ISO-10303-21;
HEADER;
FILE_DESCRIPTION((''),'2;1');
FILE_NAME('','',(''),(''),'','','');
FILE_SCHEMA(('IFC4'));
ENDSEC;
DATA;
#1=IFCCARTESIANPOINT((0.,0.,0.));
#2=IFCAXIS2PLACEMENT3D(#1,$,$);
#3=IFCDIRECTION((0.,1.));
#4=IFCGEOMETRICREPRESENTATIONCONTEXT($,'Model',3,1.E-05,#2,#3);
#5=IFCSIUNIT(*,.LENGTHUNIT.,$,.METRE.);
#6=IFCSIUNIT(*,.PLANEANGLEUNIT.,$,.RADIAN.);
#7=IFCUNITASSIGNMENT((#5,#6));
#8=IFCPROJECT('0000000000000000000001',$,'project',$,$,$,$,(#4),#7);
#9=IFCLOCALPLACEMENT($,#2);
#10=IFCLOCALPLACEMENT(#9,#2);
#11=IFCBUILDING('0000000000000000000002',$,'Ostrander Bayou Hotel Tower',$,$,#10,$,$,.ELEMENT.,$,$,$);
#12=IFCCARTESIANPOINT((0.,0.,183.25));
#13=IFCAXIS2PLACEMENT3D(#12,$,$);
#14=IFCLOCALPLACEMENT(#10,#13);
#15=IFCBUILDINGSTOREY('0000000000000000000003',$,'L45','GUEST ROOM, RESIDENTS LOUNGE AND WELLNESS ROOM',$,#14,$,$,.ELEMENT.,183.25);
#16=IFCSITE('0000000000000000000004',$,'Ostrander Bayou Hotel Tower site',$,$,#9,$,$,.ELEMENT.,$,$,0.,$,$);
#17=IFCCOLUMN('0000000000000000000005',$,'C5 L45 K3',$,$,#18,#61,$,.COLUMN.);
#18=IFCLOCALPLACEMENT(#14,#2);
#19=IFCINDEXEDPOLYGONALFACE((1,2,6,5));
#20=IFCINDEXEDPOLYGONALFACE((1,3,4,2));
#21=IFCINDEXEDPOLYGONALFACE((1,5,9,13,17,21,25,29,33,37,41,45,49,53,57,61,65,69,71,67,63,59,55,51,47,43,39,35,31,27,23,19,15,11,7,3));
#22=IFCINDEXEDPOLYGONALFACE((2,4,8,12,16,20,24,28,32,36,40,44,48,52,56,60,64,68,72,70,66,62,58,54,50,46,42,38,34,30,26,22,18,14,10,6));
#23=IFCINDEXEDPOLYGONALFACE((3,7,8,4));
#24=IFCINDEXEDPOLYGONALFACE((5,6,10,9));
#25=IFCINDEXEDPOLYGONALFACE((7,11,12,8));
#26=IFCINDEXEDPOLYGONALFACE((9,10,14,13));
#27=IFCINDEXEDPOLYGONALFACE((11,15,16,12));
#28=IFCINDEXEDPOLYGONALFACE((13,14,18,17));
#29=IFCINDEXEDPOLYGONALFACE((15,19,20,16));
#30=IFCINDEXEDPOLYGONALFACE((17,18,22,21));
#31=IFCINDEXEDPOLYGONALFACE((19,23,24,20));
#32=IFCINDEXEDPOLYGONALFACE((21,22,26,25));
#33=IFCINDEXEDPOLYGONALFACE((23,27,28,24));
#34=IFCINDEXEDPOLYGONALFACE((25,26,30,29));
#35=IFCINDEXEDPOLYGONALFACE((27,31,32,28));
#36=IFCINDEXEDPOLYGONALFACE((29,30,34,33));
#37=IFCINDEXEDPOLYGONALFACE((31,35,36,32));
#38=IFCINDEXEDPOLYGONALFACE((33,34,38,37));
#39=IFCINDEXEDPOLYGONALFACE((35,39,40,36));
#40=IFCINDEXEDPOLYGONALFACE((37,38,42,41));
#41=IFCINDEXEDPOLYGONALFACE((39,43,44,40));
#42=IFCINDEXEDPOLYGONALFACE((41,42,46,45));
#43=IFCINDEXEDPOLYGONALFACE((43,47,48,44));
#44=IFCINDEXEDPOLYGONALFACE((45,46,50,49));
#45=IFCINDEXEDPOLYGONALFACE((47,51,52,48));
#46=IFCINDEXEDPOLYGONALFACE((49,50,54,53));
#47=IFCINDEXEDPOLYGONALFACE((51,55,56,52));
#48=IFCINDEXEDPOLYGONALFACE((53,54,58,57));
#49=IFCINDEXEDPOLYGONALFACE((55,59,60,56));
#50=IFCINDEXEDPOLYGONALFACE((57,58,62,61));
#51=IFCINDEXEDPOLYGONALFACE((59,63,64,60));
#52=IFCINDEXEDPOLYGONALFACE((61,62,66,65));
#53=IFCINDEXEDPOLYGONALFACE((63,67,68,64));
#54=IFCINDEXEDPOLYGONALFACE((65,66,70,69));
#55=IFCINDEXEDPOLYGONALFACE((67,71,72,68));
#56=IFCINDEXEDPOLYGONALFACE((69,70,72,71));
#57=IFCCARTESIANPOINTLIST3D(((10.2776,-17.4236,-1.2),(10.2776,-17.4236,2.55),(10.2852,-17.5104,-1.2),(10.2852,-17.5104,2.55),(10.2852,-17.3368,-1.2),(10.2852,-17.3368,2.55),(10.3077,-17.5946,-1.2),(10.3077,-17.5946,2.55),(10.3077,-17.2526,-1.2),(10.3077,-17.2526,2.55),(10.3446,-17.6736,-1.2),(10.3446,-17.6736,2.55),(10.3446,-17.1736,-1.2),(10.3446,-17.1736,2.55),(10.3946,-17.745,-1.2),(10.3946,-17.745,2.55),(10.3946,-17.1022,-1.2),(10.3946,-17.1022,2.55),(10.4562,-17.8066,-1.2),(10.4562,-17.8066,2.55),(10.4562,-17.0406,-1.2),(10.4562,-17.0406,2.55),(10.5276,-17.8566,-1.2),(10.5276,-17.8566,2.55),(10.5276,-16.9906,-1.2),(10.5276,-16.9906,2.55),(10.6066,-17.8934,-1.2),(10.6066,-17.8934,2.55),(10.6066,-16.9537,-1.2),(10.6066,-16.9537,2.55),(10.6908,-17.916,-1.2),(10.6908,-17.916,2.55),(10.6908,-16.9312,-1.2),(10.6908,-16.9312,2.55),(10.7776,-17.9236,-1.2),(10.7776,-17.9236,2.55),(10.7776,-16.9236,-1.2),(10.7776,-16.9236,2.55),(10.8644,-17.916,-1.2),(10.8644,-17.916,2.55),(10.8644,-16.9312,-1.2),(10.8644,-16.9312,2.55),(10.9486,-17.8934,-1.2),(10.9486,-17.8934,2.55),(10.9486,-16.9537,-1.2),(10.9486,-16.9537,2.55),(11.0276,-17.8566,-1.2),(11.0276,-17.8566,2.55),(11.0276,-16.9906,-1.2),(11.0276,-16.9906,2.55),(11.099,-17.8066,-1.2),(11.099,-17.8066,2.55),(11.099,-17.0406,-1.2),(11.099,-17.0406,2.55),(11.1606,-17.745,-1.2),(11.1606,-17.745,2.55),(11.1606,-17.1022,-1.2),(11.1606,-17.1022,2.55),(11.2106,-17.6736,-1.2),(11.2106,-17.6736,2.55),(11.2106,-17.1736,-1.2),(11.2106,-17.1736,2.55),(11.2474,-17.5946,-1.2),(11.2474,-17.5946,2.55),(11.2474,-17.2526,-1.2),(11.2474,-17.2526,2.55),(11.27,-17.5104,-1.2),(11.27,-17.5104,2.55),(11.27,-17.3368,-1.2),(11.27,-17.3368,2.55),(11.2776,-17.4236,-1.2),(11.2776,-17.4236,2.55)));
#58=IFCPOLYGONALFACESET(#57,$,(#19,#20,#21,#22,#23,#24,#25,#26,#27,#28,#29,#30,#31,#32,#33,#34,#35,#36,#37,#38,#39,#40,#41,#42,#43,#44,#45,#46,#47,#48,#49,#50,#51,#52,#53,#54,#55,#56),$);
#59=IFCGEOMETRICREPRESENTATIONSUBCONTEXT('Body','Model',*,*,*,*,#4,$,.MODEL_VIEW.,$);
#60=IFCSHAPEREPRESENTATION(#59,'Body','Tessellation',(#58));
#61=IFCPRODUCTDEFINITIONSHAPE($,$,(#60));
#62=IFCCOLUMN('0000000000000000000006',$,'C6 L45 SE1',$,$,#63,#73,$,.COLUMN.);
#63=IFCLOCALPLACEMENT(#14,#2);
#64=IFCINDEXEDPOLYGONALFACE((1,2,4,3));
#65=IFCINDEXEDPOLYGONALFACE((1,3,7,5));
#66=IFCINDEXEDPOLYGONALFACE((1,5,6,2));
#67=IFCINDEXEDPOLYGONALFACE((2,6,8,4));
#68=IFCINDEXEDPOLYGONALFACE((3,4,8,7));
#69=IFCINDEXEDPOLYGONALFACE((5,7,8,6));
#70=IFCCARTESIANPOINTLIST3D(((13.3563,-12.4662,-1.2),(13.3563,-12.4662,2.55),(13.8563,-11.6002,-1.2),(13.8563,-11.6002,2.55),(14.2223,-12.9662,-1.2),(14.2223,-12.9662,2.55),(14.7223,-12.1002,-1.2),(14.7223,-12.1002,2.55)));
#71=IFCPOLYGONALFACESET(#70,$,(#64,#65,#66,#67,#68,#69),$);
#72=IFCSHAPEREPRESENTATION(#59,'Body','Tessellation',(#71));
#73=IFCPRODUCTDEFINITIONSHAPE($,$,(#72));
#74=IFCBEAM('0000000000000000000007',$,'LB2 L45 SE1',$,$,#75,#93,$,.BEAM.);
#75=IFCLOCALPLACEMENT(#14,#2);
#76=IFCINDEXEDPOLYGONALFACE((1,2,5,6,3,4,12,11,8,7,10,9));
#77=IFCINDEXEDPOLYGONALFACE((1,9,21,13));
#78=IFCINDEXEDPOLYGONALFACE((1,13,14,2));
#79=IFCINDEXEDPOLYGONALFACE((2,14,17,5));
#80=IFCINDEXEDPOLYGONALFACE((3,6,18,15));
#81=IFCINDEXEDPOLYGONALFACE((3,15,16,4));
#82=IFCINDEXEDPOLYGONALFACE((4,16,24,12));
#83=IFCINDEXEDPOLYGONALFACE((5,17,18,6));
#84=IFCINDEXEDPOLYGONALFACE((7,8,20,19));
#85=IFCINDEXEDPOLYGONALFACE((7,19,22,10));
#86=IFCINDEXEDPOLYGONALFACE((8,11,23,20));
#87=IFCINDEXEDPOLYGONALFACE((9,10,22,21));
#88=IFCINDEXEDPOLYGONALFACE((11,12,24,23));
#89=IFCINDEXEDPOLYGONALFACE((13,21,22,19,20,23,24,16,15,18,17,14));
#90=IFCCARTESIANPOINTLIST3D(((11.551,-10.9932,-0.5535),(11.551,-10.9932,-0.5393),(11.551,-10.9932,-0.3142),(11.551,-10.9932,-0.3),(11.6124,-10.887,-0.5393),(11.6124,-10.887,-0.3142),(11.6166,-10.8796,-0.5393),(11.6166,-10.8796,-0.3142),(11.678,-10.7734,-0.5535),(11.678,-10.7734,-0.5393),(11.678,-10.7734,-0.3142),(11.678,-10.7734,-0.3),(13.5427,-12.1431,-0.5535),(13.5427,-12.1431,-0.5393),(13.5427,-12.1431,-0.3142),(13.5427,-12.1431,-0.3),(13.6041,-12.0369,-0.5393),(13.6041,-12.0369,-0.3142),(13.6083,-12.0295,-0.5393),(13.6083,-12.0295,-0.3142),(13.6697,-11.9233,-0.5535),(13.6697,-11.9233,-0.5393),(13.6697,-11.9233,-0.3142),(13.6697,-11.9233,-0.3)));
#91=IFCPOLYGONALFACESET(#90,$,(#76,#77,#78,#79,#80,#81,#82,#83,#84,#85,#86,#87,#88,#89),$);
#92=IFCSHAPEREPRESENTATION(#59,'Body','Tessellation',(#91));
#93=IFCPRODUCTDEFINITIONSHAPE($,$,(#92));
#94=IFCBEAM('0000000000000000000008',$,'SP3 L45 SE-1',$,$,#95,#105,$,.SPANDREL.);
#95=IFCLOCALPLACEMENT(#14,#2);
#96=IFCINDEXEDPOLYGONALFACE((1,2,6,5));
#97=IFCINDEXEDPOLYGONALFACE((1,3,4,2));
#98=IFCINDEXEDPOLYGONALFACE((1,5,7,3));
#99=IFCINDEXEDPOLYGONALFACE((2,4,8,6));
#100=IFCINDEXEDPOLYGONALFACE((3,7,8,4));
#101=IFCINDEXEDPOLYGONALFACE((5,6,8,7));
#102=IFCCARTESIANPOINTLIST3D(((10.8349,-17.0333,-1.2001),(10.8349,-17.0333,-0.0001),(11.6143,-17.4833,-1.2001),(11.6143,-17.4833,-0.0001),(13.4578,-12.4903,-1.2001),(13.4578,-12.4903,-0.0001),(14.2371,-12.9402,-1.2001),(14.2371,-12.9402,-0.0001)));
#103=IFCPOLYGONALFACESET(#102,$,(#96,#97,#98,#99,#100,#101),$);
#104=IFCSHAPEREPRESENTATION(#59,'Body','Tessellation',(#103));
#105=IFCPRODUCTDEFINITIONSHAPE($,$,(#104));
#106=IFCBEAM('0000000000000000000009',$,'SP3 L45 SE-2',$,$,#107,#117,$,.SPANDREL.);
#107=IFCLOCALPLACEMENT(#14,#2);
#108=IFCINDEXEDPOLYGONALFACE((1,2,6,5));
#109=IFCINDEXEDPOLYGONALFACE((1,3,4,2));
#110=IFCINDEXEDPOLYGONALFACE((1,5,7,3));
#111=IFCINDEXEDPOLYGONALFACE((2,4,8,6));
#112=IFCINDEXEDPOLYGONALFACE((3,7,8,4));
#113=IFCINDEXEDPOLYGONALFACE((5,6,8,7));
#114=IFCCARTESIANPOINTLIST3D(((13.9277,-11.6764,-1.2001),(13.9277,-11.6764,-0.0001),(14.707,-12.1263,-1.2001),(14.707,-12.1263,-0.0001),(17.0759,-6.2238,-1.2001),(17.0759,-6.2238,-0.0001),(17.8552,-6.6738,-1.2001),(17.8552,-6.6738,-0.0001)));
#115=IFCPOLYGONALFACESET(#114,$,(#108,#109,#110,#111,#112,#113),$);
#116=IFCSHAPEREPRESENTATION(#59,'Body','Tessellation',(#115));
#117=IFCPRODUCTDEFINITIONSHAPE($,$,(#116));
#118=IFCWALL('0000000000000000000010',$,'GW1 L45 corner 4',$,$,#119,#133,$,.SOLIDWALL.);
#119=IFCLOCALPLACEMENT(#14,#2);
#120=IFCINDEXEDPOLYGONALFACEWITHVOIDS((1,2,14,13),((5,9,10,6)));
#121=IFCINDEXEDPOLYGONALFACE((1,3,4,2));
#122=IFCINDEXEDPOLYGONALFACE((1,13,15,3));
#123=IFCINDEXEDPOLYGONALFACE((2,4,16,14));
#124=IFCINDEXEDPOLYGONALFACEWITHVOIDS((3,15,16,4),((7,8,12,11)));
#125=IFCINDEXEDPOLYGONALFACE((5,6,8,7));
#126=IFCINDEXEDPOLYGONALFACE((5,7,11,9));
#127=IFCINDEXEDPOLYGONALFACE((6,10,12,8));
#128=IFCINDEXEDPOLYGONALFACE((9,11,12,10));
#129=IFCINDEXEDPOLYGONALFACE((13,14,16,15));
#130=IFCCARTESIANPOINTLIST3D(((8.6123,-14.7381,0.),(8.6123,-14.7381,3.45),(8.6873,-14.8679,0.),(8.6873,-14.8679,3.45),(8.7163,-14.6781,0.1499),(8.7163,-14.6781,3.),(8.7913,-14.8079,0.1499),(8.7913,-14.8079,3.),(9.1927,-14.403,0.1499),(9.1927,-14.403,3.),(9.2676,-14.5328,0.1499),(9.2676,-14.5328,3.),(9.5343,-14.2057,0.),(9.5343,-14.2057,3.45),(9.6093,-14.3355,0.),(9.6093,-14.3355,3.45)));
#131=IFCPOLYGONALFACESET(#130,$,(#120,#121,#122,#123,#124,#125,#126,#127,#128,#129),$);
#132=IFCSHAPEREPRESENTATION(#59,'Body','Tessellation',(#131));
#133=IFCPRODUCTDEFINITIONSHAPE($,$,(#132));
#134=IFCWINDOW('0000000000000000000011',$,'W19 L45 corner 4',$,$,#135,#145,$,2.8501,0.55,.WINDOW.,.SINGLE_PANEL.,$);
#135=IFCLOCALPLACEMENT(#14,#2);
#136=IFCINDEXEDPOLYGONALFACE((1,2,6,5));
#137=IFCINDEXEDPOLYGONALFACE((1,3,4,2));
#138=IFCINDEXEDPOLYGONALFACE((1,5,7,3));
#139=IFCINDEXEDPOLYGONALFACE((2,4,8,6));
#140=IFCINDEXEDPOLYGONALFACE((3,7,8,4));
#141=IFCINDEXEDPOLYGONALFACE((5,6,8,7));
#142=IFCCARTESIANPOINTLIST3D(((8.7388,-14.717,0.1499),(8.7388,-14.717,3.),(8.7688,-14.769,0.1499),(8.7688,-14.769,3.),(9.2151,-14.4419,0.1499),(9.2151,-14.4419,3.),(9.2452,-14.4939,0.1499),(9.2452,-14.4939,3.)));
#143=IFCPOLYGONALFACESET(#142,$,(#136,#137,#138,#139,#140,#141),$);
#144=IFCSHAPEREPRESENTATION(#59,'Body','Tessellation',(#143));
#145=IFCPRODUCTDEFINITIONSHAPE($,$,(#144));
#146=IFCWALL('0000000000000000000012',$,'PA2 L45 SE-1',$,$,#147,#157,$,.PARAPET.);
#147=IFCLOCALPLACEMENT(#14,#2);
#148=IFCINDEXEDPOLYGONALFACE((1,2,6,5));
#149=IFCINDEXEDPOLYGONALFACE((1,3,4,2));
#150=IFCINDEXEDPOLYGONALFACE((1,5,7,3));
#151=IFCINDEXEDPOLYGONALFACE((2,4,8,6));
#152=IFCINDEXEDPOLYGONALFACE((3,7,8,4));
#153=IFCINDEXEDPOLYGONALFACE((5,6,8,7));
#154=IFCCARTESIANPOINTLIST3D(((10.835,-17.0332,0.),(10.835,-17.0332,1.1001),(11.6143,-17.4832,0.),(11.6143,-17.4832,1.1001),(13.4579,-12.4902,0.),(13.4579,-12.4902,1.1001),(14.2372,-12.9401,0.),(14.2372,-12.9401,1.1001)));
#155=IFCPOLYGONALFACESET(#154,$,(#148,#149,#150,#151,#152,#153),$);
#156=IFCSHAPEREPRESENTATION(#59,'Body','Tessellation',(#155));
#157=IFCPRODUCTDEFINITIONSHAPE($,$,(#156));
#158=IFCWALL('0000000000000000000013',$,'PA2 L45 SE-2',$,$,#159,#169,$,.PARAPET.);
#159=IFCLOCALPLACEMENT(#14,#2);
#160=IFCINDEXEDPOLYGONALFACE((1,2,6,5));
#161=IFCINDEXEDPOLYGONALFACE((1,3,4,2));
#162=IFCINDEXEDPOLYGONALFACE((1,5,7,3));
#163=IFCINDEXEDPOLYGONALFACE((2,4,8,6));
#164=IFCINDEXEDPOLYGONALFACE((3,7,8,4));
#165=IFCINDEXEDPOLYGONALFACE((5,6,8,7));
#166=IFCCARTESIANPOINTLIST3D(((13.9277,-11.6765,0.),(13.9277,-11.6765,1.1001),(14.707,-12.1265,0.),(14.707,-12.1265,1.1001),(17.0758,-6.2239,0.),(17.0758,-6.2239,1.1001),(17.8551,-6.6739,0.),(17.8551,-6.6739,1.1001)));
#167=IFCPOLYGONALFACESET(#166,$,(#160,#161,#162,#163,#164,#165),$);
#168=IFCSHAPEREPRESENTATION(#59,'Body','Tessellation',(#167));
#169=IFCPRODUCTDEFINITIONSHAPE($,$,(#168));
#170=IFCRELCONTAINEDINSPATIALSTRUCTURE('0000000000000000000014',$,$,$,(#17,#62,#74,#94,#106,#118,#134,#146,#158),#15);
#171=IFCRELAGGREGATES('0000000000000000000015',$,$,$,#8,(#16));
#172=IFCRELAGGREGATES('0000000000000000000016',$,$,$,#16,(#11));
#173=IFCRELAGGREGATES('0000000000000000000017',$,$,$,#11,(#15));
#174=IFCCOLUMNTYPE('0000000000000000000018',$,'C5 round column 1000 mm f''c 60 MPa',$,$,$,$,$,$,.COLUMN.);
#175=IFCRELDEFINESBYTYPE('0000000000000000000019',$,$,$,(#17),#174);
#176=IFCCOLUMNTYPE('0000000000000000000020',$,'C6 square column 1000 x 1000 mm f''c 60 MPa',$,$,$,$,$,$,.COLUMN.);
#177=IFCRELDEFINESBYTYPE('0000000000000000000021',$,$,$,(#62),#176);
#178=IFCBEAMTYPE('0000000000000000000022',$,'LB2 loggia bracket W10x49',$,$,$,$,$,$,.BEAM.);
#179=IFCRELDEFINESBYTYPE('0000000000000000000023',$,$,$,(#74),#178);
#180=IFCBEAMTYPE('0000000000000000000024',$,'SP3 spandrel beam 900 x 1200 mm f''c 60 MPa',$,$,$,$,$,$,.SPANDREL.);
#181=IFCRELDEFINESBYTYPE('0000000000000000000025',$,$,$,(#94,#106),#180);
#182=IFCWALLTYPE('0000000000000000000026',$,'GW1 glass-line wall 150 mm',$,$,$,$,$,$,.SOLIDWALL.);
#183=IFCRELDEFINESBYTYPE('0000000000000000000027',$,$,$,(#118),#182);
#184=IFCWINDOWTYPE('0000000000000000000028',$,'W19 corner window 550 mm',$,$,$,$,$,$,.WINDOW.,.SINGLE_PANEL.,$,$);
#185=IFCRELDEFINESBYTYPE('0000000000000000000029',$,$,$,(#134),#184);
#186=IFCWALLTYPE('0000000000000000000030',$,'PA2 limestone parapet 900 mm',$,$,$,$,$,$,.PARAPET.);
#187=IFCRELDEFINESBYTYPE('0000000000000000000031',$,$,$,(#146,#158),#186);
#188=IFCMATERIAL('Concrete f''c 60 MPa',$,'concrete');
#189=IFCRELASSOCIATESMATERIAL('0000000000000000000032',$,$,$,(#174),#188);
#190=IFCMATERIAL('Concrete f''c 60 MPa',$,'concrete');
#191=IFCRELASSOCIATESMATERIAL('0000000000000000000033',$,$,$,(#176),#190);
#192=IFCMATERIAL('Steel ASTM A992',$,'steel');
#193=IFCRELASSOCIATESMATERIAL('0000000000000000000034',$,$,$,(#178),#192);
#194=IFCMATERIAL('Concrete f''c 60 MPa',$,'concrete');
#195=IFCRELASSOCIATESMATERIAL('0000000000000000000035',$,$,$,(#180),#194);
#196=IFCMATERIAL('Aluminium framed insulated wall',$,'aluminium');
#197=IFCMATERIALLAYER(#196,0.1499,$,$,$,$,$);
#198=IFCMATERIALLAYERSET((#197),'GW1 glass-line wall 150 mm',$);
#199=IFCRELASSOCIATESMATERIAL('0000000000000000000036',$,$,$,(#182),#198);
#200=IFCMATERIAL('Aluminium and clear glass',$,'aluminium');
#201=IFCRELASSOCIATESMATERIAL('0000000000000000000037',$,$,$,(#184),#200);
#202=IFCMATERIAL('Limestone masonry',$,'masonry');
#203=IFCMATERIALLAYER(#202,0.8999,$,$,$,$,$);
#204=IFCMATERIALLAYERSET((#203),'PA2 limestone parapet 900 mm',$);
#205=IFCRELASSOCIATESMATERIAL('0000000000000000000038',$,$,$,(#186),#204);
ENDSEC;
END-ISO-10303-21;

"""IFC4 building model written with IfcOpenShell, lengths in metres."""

from ifc_helpers import new_model, si_unit, direction, frame, frame_2d, origin, origin_2d, place, context, subcontext, project, spatial, rectangle, circle, i_section, extrude, material, layer, layer_set, material_profile, profile_set, type_object, element, fill, save


model = new_model("IFC4")

# Units and contexts
model_context = context("Model", 3, precision=1e-05, world=origin(), true_north=direction((0.0, 1.0)))
body_context = subcontext(model_context, "Body", "Model", "MODEL_VIEW")
ifc_project = project(units=[si_unit("LENGTHUNIT", "METRE"), si_unit("PLANEANGLEUNIT", "RADIAN")], contexts=[model_context])

# Site, building, storey
site_placement = place(None, origin())
site = spatial("IfcSite", under=ifc_project, at=site_placement, Name="Ostrander Bayou Hotel Tower site", CompositionType="ELEMENT", RefElevation=0.0)
building_placement = place(site_placement, origin())
building = spatial("IfcBuilding", under=site, at=building_placement, Name="Ostrander Bayou Hotel Tower", CompositionType="ELEMENT")
storey_placement = place(building_placement, frame((0.0, 0.0, 183.25)))
storey = spatial("IfcBuildingStorey", under=building, at=storey_placement, Name="L45", Description="GUEST ROOM, RESIDENTS LOUNGE AND WELLNESS ROOM", CompositionType="ELEMENT", Elevation=183.25)

# Columns
ifc_material_1 = material(Name="Concrete f'c 60 MPa", Category="concrete")
ifc_material_profile_1 = material_profile(ifc_material_1, circle(Radius=0.5, at=origin_2d()))
ifc_profile_set_1 = profile_set([ifc_material_profile_1], Name="Concrete f'c 60 MPa")
column_type_1 = type_object("IfcColumnType", Name="C5 round column 1000 mm f'c 60 MPa", PredefinedType="COLUMN", material=ifc_profile_set_1)
column_1_placement = place(storey_placement, frame((10.7776, -17.4236, -1.2), z_axis=(0.0, 0.0, 1.0), x_axis=(1.0, 0.0, 0.0)))
element("IfcColumn", 1, at=column_1_placement, inside=storey, type_object=column_type_1, Name="C5 L45 K3", PredefinedType="COLUMN", context=body_context, shape_type="SweptSolid", body=[
    extrude(circle(Radius=0.5, at=origin_2d()), origin(), (0.0, 0.0, 1.0), 3.75),
])
ifc_material_2 = material(Name="Concrete f'c 60 MPa", Category="concrete")
ifc_material_profile_2 = material_profile(ifc_material_2, rectangle(XDim=1.0, YDim=1.0, at=origin_2d()))
ifc_profile_set_2 = profile_set([ifc_material_profile_2], Name="Concrete f'c 60 MPa")
column_type_2 = type_object("IfcColumnType", Name="C6 square column 1000 x 1000 mm f'c 60 MPa", PredefinedType="COLUMN", material=ifc_profile_set_2)
column_2_placement = place(storey_placement, frame((14.0393, -12.2832, -1.2), z_axis=(0.0, 0.0, 1.0), x_axis=(-0.5, -0.866025, 0.0)))
element("IfcColumn", 2, at=column_2_placement, inside=storey, type_object=column_type_2, Name="C6 L45 SE1", PredefinedType="COLUMN", context=body_context, shape_type="SweptSolid", body=[
    extrude(rectangle(XDim=1.0, YDim=1.0, at=origin_2d()), origin(), (0.0, 0.0, 1.0), 3.75),
])

# Beams
ifc_material_3 = material(Name="Steel ASTM A992", Category="steel")
ifc_material_profile_3 = material_profile(ifc_material_3, i_section(OverallWidth=0.2539, OverallDepth=0.2534, WebThickness=0.0085, FlangeThickness=0.0142, at=origin_2d()))
ifc_profile_set_3 = profile_set([ifc_material_profile_3], Name="Steel ASTM A992")
beam_type_1 = type_object("IfcBeamType", Name="LB2 loggia bracket W10x49", PredefinedType="BEAM", material=ifc_profile_set_3)
beam_1_placement = place(storey_placement, frame((13.6062, -12.0332, -0.4268), z_axis=(-0.866026, 0.499998, 0.0), x_axis=(-0.499998, -0.866026, 0.0)))
element("IfcBeam", 3, at=beam_1_placement, inside=storey, type_object=beam_type_1, Name="LB2 L45 SE1", PredefinedType="BEAM", context=body_context, shape_type="SweptSolid", body=[
    extrude(i_section(OverallWidth=0.2539, OverallDepth=0.2534, WebThickness=0.0085, FlangeThickness=0.0142, at=origin_2d()), origin(), (0.0, 0.0, 1.0), 2.2998),
])
ifc_material_4 = material(Name="Concrete f'c 60 MPa", Category="concrete")
ifc_material_profile_4 = material_profile(ifc_material_4, rectangle(XDim=0.8999, YDim=1.2, at=origin_2d()))
ifc_profile_set_4 = profile_set([ifc_material_profile_4], Name="Concrete f'c 60 MPa")
beam_type_2 = type_object("IfcBeamType", Name="SP3 spandrel beam 900 x 1200 mm f'c 60 MPa", PredefinedType="SPANDREL", material=ifc_profile_set_4)
beam_2_placement = place(storey_placement, frame((11.2246, -17.2583, -0.6001), z_axis=(0.499988, 0.866032, 0.0), x_axis=(-0.866032, 0.499988, 0.0)))
element("IfcBeam", 4, at=beam_2_placement, inside=storey, type_object=beam_type_2, Name="SP3 L45 SE-1", PredefinedType="SPANDREL", context=body_context, shape_type="SweptSolid", body=[
    extrude(rectangle(XDim=0.8999, YDim=1.2, at=origin_2d()), origin(), (0.0, 0.0, 1.0), 5.2458),
])
beam_3_placement = place(storey_placement, frame((14.3174, -11.9014, -0.6001), z_axis=(0.500013, 0.866018, 0.0), x_axis=(-0.866018, 0.500013, 0.0)))
element("IfcBeam", 5, at=beam_3_placement, inside=storey, type_object=beam_type_2, Name="SP3 L45 SE-2", PredefinedType="SPANDREL", context=body_context, shape_type="SweptSolid", body=[
    extrude(rectangle(XDim=0.8999, YDim=1.2, at=origin_2d()), origin(), (0.0, 0.0, 1.0), 6.2961),
])

# Shared definitions
ifc_material_5 = material(Name="Aluminium framed insulated wall", Category="aluminium")
ifc_layer_1 = layer(ifc_material_5, 0.1499)
ifc_layer_set_1 = layer_set([ifc_layer_1], Name="GW1 glass-line wall 150 mm")
wall_type_1 = type_object("IfcWallType", Name="GW1 glass-line wall 150 mm", PredefinedType="SOLIDWALL", material=ifc_layer_set_1)

# Wall, opening, window
wall_1_placement = place(storey_placement, frame((8.6499, -14.803, 0.0), z_axis=(0.0, 0.0, 1.0), x_axis=(0.865991, 0.50006, 0.0)))
wall_1 = element("IfcWall", 6, at=wall_1_placement, inside=storey, type_object=wall_type_1, Name="GW1 L45 corner 4", PredefinedType="SOLIDWALL", context=body_context, shape_type="SweptSolid", body=[
    extrude(rectangle(XDim=1.0647, YDim=0.1499, at=frame_2d((0.5322, 0.0))), origin(), (0.0, 0.0, 1.0), 3.45),
])
opening_1_placement = place(wall_1_placement, frame((0.1201, 0.0, 0.1499)))
opening_1 = element("IfcOpeningElement", 7, at=opening_1_placement, cuts=wall_1, PredefinedType="OPENING", context=body_context, shape_type="SweptSolid", body=[
    extrude(rectangle(XDim=0.55, YDim=2.8501, at=frame_2d((0.2749, 1.425))), frame((0.0, 0.075, 0.0), z_axis=(0.0, -1.0, 0.0), x_axis=(1.0, 0.0, 0.0)), (0.0, 0.0, 1.0), 0.1499),
])
ifc_material_6 = material(Name="Aluminium and clear glass", Category="aluminium")
window_type_1 = type_object("IfcWindowType", Name="W19 corner window 550 mm", PartitioningType="SINGLE_PANEL", PredefinedType="WINDOW", material=ifc_material_6)
window_1_placement = place(opening_1_placement, origin())
window_1 = element("IfcWindow", 8, at=window_1_placement, inside=storey, type_object=window_type_1, Name="W19 L45 corner 4", OverallHeight=2.8501, OverallWidth=0.55, PartitioningType="SINGLE_PANEL", PredefinedType="WINDOW", context=body_context, shape_type="SweptSolid", body=[
    extrude(rectangle(XDim=0.55, YDim=2.8501, at=frame_2d((0.2749, 1.425))), frame((0.0, 0.03, 0.0), z_axis=(0.0, -1.0, 0.0), x_axis=(1.0, 0.0, 0.0)), (0.0, 0.0, 1.0), 0.0601),
])
fill(opening_1, window_1)

# Walls
ifc_material_7 = material(Name="Limestone masonry", Category="masonry")
ifc_layer_2 = layer(ifc_material_7, 0.8999)
ifc_layer_set_2 = layer_set([ifc_layer_2], Name="PA2 limestone parapet 900 mm")
wall_type_2 = type_object("IfcWallType", Name="PA2 limestone parapet 900 mm", PredefinedType="PARAPET", material=ifc_layer_set_2)
wall_2_placement = place(storey_placement, frame((11.2246, -17.2583, 0.0), z_axis=(0.0, 0.0, 1.0), x_axis=(0.499988, 0.866032, 0.0)))
element("IfcWall", 9, at=wall_2_placement, inside=storey, type_object=wall_type_2, Name="PA2 L45 SE-1", PredefinedType="PARAPET", context=body_context, shape_type="SweptSolid", body=[
    extrude(rectangle(XDim=5.2458, YDim=0.8999, at=frame_2d((2.623, 0.0))), origin(), (0.0, 0.0, 1.0), 1.1001),
])
wall_3_placement = place(storey_placement, frame((14.3174, -11.9014, 0.0), z_axis=(0.0, 0.0, 1.0), x_axis=(0.500013, 0.866018, 0.0)))
element("IfcWall", 10, at=wall_3_placement, inside=storey, type_object=wall_type_2, Name="PA2 L45 SE-2", PredefinedType="PARAPET", context=body_context, shape_type="SweptSolid", body=[
    extrude(rectangle(XDim=6.2961, YDim=0.8999, at=frame_2d((3.1479, 0.0))), origin(), (0.0, 0.0, 1.0), 1.1001),
])

save(model, "model.ifc")
